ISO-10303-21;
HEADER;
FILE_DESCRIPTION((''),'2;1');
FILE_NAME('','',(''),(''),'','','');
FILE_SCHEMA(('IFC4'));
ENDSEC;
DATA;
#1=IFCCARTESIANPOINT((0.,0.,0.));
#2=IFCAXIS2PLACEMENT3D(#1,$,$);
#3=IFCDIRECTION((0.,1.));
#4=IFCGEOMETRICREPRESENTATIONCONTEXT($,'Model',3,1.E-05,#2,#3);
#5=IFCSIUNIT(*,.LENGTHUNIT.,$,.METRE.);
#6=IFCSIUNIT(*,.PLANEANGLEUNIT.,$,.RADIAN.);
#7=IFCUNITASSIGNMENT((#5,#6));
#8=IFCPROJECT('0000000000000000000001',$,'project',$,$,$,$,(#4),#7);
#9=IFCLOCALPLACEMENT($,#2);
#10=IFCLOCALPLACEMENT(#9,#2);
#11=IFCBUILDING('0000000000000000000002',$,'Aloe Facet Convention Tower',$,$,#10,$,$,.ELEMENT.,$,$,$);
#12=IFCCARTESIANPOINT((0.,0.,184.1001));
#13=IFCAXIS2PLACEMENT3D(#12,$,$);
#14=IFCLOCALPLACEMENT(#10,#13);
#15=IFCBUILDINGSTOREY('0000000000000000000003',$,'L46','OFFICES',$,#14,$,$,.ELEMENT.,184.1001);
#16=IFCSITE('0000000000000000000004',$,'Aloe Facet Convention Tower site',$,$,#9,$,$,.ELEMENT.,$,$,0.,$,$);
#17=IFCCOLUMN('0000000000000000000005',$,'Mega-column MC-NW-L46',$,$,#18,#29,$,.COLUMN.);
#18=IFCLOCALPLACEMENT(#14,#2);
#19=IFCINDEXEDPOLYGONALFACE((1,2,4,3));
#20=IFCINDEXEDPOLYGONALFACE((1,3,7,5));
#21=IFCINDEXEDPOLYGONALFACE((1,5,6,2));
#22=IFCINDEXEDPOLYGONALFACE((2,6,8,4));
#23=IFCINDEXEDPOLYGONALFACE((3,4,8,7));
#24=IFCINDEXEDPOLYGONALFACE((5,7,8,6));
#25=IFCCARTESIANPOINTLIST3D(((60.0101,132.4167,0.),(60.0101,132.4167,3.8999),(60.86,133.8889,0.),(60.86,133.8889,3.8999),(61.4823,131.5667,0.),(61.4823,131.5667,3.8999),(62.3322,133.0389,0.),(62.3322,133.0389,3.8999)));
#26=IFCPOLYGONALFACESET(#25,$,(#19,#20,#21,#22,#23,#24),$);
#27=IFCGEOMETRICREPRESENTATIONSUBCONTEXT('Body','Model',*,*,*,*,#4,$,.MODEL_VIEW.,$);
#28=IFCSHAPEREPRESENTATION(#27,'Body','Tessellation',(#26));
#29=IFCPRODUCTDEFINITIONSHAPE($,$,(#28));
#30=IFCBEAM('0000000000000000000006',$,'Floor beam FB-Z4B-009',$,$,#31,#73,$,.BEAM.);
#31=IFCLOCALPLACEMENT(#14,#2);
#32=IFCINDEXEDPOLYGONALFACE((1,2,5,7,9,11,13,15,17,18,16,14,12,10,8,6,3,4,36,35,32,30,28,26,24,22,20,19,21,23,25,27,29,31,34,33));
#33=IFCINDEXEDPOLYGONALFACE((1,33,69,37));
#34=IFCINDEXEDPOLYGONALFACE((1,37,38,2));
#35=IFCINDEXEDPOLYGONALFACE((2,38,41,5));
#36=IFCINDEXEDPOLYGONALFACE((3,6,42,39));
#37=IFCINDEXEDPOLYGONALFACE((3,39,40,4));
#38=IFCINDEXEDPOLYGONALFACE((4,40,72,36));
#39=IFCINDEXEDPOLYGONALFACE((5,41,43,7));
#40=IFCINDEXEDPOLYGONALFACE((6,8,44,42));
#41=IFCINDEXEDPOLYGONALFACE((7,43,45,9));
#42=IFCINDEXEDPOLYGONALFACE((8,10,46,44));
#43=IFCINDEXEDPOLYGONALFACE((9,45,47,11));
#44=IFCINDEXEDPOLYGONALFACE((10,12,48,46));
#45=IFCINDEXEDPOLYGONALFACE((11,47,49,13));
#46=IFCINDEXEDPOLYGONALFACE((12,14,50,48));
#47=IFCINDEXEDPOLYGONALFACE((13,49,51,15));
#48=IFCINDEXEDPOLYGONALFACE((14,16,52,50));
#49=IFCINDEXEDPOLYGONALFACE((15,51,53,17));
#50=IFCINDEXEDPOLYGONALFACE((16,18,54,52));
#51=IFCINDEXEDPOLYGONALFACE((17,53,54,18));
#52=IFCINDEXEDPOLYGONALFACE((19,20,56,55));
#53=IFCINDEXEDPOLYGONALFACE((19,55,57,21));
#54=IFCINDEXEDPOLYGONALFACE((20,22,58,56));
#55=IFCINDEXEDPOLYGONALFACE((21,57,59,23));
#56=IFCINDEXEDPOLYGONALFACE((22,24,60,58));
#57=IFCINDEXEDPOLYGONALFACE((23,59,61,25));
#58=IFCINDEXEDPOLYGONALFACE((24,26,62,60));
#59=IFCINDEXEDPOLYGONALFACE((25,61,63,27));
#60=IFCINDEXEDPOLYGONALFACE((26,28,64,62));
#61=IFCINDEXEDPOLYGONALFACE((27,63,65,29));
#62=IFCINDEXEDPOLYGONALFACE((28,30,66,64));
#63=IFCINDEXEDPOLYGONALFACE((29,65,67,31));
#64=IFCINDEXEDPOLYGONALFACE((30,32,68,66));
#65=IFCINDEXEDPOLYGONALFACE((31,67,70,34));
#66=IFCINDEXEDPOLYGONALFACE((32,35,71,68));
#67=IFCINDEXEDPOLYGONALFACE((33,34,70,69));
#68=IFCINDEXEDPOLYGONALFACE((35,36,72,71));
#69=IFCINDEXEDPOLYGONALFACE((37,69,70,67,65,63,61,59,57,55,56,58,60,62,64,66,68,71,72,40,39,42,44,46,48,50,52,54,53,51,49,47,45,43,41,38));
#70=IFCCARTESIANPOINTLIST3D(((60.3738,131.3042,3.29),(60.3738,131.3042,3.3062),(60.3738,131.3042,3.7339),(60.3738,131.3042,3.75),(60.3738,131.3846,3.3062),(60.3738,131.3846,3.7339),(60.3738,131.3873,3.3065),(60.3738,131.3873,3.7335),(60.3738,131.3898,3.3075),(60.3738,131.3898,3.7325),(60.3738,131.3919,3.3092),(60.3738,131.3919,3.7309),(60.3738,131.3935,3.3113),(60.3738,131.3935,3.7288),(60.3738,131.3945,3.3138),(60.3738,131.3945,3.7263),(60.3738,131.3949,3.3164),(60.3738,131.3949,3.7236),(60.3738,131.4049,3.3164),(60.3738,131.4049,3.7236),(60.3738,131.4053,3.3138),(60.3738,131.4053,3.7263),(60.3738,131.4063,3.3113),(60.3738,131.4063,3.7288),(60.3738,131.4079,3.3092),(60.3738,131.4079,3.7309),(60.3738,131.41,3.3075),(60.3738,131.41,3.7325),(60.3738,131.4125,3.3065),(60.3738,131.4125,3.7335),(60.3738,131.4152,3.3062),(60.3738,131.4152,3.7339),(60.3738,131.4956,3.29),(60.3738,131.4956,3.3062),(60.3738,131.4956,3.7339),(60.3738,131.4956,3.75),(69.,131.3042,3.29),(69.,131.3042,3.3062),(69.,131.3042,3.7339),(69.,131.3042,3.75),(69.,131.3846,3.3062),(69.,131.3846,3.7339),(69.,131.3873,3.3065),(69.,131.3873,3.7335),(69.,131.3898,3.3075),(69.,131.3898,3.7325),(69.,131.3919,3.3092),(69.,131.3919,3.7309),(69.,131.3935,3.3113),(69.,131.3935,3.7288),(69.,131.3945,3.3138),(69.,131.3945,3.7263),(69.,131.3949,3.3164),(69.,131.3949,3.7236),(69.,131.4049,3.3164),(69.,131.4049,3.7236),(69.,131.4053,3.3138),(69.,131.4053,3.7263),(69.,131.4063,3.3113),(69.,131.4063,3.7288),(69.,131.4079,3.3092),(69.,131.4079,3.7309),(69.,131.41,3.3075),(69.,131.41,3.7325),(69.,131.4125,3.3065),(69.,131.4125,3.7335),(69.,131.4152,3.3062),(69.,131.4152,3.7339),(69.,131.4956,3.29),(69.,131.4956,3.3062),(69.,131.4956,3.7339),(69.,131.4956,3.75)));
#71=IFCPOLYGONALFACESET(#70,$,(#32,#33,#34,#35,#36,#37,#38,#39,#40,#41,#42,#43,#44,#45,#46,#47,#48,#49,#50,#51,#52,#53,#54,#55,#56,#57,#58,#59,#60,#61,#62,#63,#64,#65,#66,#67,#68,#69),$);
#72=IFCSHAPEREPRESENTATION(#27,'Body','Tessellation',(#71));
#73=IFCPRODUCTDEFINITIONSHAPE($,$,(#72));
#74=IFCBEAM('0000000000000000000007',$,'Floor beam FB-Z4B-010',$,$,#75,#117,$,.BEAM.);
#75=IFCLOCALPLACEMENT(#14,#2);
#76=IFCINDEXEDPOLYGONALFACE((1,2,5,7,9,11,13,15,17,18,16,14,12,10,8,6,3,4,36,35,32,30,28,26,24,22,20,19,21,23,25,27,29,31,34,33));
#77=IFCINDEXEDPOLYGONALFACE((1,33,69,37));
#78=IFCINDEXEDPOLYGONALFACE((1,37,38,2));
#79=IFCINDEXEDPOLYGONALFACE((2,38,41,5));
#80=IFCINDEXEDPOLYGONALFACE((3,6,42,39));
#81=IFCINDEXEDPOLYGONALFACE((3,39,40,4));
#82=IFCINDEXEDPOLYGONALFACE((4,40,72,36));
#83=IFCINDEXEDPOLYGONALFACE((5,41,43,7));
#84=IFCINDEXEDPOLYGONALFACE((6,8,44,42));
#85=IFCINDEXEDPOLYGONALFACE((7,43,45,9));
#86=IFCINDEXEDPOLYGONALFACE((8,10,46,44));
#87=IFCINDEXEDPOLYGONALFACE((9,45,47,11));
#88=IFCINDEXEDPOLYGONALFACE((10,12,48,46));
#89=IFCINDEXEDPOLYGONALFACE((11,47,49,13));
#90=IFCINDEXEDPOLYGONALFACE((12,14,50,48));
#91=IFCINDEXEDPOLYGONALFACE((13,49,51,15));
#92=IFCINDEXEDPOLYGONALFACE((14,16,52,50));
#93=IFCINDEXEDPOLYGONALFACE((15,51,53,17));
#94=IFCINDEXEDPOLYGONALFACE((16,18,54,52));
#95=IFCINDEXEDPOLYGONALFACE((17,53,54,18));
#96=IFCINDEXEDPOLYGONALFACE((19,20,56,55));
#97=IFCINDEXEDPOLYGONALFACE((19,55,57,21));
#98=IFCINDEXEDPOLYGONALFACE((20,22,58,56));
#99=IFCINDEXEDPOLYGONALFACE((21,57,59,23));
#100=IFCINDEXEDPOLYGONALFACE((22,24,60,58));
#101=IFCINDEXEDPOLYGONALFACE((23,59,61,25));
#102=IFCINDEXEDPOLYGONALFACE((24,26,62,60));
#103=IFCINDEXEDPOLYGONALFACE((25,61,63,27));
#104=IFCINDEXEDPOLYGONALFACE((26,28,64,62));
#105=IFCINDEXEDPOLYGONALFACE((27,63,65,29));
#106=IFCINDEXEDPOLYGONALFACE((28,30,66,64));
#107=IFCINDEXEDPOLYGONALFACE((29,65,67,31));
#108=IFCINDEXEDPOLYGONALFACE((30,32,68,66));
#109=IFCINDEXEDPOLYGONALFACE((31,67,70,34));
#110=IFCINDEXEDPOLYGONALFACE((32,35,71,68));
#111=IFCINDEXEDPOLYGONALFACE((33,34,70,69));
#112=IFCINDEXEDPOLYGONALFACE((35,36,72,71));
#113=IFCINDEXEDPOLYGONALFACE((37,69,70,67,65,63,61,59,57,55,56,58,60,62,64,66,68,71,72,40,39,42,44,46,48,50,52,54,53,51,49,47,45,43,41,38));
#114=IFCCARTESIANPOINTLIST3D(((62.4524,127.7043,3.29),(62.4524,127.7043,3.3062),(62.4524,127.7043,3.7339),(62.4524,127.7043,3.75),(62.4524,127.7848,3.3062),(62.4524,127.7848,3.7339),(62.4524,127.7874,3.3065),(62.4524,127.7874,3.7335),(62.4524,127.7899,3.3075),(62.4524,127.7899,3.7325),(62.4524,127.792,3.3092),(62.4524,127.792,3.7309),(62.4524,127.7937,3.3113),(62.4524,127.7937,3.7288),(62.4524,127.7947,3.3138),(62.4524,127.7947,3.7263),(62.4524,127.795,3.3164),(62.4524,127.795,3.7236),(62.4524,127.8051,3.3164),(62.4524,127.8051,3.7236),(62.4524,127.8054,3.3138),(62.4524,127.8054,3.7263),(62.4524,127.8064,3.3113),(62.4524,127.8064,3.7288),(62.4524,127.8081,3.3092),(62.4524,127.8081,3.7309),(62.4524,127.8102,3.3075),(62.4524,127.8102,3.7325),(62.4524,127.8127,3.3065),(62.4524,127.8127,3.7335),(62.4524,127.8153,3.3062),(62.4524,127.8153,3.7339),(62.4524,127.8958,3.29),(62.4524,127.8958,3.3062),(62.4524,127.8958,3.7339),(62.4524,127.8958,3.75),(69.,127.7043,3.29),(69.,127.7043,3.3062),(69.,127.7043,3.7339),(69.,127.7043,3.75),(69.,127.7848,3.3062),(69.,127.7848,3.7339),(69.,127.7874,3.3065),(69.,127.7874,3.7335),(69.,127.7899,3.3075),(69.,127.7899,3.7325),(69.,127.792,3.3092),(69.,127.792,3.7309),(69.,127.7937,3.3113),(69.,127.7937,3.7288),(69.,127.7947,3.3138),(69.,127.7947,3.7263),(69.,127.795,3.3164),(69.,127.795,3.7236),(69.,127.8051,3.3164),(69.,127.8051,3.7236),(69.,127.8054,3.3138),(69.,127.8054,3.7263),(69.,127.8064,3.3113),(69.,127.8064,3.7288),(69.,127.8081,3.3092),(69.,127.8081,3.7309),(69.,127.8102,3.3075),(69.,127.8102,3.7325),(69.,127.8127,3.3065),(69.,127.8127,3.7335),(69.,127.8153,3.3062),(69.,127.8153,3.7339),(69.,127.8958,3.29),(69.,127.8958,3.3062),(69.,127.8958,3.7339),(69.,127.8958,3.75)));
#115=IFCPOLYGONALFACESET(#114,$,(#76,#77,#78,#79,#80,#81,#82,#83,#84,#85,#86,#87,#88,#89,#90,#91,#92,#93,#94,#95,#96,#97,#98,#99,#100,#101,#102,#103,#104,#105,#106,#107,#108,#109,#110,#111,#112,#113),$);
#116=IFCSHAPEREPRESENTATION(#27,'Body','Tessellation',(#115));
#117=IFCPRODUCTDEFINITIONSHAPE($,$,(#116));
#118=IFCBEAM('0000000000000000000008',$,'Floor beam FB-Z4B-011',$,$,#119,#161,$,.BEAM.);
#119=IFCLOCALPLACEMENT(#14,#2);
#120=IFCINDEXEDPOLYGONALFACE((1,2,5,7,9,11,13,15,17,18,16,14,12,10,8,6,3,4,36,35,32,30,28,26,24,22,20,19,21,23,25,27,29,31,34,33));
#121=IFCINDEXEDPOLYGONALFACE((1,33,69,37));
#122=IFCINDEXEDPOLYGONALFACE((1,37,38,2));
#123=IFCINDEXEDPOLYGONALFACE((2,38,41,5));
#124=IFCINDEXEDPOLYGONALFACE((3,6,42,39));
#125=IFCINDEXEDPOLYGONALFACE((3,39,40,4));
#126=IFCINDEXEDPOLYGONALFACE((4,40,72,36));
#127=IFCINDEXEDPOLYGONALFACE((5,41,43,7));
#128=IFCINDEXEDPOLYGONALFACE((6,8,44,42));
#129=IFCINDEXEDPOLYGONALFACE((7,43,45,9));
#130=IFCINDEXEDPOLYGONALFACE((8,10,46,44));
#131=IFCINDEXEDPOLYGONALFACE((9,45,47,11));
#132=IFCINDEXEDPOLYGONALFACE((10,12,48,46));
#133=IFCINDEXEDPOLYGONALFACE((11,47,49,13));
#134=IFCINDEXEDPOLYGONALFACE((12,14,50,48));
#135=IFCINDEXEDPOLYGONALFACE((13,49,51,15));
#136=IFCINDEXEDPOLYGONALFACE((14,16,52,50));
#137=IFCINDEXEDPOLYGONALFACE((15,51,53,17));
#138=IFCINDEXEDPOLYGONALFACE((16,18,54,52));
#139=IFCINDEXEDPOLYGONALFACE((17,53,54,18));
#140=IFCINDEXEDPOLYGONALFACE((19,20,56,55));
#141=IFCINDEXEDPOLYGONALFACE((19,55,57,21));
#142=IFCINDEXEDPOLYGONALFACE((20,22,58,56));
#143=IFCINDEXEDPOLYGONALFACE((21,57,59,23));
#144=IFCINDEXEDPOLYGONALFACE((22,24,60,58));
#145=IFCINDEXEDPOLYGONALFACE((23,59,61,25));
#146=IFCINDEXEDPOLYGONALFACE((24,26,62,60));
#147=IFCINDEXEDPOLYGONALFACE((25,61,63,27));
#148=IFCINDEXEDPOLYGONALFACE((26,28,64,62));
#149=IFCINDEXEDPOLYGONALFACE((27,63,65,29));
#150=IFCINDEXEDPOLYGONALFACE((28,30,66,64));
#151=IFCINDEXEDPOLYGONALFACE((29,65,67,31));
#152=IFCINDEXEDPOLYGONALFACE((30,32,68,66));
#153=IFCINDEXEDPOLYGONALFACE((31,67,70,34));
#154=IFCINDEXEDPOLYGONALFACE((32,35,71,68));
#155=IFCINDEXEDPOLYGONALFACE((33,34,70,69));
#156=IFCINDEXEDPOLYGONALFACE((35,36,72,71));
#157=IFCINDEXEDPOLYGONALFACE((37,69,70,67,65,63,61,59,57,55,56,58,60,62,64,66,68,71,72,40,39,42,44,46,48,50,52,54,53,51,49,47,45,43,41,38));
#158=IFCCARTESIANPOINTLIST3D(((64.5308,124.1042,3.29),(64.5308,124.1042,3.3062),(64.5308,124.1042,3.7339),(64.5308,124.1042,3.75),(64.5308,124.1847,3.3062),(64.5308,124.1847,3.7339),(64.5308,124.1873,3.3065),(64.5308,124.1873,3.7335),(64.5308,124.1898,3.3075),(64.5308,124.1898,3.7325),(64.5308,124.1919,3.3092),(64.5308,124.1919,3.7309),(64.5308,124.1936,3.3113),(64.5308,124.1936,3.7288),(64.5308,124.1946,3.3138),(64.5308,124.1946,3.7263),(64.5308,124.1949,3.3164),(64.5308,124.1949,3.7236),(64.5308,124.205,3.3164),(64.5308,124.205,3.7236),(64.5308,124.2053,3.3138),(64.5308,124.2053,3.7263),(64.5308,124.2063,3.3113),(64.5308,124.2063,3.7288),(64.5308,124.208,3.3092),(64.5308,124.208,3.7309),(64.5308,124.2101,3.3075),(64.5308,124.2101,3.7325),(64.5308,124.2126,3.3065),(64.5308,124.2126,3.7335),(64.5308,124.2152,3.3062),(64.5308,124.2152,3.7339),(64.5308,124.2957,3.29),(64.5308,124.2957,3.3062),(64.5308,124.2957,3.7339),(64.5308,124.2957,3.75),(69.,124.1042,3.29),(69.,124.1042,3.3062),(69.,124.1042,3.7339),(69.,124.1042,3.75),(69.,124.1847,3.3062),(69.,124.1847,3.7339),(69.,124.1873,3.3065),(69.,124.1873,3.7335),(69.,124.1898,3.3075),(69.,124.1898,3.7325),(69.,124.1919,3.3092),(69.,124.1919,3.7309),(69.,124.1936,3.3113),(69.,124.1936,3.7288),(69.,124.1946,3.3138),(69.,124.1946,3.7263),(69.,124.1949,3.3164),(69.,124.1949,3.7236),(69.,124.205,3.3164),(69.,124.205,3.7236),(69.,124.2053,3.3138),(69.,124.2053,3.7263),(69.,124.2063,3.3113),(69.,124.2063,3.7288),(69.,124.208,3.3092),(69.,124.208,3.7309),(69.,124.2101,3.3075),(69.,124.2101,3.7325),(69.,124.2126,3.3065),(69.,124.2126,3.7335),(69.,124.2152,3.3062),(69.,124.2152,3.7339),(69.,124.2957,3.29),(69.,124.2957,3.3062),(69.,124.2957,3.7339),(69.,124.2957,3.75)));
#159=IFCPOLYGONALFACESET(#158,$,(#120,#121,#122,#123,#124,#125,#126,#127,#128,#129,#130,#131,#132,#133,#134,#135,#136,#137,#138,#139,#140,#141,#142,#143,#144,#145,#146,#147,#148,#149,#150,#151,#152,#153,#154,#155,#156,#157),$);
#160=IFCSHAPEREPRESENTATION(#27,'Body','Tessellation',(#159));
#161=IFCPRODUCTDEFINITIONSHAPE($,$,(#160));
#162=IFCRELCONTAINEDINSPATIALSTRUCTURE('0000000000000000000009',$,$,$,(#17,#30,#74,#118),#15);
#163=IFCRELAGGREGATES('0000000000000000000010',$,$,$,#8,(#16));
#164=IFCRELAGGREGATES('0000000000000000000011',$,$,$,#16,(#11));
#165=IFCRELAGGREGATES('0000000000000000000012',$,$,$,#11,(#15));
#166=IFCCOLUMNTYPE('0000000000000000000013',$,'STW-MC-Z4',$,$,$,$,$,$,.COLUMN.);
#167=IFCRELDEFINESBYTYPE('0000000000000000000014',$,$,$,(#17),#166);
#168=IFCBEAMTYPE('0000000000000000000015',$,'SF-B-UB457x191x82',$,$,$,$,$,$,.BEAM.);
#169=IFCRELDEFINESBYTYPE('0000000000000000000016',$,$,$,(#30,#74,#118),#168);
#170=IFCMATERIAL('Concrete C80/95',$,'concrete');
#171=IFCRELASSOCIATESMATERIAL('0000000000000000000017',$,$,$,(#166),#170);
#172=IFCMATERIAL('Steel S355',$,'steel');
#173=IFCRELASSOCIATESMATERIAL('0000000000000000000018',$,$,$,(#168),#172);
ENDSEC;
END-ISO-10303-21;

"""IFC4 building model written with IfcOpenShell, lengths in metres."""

from ifc_helpers import new_model, si_unit, direction, frame, origin, origin_2d, place, context, subcontext, project, spatial, rectangle, i_section, extrude, material, material_profile, profile_set, type_object, element, save


model = new_model("IFC4")

# Units and contexts
model_context = context("Model", 3, precision=1e-05, world=origin(), true_north=direction((0.0, 1.0)))
body_context = subcontext(model_context, "Body", "Model", "MODEL_VIEW")
ifc_project = project(units=[si_unit("LENGTHUNIT", "METRE"), si_unit("PLANEANGLEUNIT", "RADIAN")], contexts=[model_context])

# Site, building, storey
site_placement = place(None, origin())
site = spatial("IfcSite", under=ifc_project, at=site_placement, Name="Aloe Facet Convention Tower site", CompositionType="ELEMENT", RefElevation=0.0)
building_placement = place(site_placement, origin())
building = spatial("IfcBuilding", under=site, at=building_placement, Name="Aloe Facet Convention Tower", CompositionType="ELEMENT")
storey_placement = place(building_placement, frame((0.0, 0.0, 184.1001)))
storey = spatial("IfcBuildingStorey", under=building, at=storey_placement, Name="L46", Description="OFFICES", CompositionType="ELEMENT", Elevation=184.1001)

# Column
ifc_material_1 = material(Name="Concrete C80/95", Category="concrete")
ifc_material_profile_1 = material_profile(ifc_material_1, rectangle(XDim=1.7, YDim=1.7, at=origin_2d()), Name="STW-MC-Z4")
ifc_profile_set_1 = profile_set([ifc_material_profile_1], Name="Concrete C80/95")
column_type = type_object("IfcColumnType", Name="STW-MC-Z4", PredefinedType="COLUMN", material=ifc_profile_set_1)
column_placement = place(storey_placement, frame((61.1711, 132.7278, 0.0), z_axis=(0.0, 0.0, 1.0), x_axis=(-0.5, -0.866025, 0.0)))
element("IfcColumn", 1, at=column_placement, inside=storey, type_object=column_type, Name="Mega-column MC-NW-L46", PredefinedType="COLUMN", context=body_context, shape_type="SweptSolid", body=[
    extrude(rectangle(XDim=1.7, YDim=1.7, at=origin_2d()), origin(), (0.0, 0.0, 1.0), 3.8999),
])

# Beams
ifc_material_2 = material(Name="Steel S355", Category="steel")
ifc_material_profile_2 = material_profile(ifc_material_2, i_section(OverallWidth=0.1914, OverallDepth=0.46, WebThickness=0.01, FlangeThickness=0.0161, FilletRadius=0.0103, at=origin_2d()), Name="UB 457x191x82")
ifc_profile_set_2 = profile_set([ifc_material_profile_2], Name="Steel S355")
beam_type_1 = type_object("IfcBeamType", Name="SF-B-UB457x191x82", PredefinedType="BEAM", material=ifc_profile_set_2)
beam_1_placement = place(storey_placement, frame((60.3738, 131.3999, 3.52), z_axis=(1.0, 0.0, 0.0), x_axis=(0.0, 1.0, 0.0)))
element("IfcBeam", 2, at=beam_1_placement, inside=storey, type_object=beam_type_1, Name="Floor beam FB-Z4B-009", PredefinedType="BEAM", context=body_context, shape_type="SweptSolid", body=[
    extrude(i_section(OverallWidth=0.1914, OverallDepth=0.46, WebThickness=0.01, FlangeThickness=0.0161, FilletRadius=0.0103, at=origin_2d()), origin(), (0.0, 0.0, 1.0), 8.6262),
])
beam_2_placement = place(storey_placement, frame((62.4524, 127.8, 3.52), z_axis=(1.0, 0.0, 0.0), x_axis=(0.0, 1.0, 0.0)))
element("IfcBeam", 3, at=beam_2_placement, inside=storey, type_object=beam_type_1, Name="Floor beam FB-Z4B-010", PredefinedType="BEAM", context=body_context, shape_type="SweptSolid", body=[
    extrude(i_section(OverallWidth=0.1914, OverallDepth=0.46, WebThickness=0.01, FlangeThickness=0.0161, FilletRadius=0.0103, at=origin_2d()), origin(), (0.0, 0.0, 1.0), 6.5476),
])
beam_3_placement = place(storey_placement, frame((64.5308, 124.2, 3.52), z_axis=(1.0, 0.0, 0.0), x_axis=(0.0, 1.0, 0.0)))
element("IfcBeam", 4, at=beam_3_placement, inside=storey, type_object=beam_type_1, Name="Floor beam FB-Z4B-011", PredefinedType="BEAM", context=body_context, shape_type="SweptSolid", body=[
    extrude(i_section(OverallWidth=0.1914, OverallDepth=0.46, WebThickness=0.01, FlangeThickness=0.0161, FilletRadius=0.0103, at=origin_2d()), origin(), (0.0, 0.0, 1.0), 4.4692),
])

save(model, "model.ifc")
